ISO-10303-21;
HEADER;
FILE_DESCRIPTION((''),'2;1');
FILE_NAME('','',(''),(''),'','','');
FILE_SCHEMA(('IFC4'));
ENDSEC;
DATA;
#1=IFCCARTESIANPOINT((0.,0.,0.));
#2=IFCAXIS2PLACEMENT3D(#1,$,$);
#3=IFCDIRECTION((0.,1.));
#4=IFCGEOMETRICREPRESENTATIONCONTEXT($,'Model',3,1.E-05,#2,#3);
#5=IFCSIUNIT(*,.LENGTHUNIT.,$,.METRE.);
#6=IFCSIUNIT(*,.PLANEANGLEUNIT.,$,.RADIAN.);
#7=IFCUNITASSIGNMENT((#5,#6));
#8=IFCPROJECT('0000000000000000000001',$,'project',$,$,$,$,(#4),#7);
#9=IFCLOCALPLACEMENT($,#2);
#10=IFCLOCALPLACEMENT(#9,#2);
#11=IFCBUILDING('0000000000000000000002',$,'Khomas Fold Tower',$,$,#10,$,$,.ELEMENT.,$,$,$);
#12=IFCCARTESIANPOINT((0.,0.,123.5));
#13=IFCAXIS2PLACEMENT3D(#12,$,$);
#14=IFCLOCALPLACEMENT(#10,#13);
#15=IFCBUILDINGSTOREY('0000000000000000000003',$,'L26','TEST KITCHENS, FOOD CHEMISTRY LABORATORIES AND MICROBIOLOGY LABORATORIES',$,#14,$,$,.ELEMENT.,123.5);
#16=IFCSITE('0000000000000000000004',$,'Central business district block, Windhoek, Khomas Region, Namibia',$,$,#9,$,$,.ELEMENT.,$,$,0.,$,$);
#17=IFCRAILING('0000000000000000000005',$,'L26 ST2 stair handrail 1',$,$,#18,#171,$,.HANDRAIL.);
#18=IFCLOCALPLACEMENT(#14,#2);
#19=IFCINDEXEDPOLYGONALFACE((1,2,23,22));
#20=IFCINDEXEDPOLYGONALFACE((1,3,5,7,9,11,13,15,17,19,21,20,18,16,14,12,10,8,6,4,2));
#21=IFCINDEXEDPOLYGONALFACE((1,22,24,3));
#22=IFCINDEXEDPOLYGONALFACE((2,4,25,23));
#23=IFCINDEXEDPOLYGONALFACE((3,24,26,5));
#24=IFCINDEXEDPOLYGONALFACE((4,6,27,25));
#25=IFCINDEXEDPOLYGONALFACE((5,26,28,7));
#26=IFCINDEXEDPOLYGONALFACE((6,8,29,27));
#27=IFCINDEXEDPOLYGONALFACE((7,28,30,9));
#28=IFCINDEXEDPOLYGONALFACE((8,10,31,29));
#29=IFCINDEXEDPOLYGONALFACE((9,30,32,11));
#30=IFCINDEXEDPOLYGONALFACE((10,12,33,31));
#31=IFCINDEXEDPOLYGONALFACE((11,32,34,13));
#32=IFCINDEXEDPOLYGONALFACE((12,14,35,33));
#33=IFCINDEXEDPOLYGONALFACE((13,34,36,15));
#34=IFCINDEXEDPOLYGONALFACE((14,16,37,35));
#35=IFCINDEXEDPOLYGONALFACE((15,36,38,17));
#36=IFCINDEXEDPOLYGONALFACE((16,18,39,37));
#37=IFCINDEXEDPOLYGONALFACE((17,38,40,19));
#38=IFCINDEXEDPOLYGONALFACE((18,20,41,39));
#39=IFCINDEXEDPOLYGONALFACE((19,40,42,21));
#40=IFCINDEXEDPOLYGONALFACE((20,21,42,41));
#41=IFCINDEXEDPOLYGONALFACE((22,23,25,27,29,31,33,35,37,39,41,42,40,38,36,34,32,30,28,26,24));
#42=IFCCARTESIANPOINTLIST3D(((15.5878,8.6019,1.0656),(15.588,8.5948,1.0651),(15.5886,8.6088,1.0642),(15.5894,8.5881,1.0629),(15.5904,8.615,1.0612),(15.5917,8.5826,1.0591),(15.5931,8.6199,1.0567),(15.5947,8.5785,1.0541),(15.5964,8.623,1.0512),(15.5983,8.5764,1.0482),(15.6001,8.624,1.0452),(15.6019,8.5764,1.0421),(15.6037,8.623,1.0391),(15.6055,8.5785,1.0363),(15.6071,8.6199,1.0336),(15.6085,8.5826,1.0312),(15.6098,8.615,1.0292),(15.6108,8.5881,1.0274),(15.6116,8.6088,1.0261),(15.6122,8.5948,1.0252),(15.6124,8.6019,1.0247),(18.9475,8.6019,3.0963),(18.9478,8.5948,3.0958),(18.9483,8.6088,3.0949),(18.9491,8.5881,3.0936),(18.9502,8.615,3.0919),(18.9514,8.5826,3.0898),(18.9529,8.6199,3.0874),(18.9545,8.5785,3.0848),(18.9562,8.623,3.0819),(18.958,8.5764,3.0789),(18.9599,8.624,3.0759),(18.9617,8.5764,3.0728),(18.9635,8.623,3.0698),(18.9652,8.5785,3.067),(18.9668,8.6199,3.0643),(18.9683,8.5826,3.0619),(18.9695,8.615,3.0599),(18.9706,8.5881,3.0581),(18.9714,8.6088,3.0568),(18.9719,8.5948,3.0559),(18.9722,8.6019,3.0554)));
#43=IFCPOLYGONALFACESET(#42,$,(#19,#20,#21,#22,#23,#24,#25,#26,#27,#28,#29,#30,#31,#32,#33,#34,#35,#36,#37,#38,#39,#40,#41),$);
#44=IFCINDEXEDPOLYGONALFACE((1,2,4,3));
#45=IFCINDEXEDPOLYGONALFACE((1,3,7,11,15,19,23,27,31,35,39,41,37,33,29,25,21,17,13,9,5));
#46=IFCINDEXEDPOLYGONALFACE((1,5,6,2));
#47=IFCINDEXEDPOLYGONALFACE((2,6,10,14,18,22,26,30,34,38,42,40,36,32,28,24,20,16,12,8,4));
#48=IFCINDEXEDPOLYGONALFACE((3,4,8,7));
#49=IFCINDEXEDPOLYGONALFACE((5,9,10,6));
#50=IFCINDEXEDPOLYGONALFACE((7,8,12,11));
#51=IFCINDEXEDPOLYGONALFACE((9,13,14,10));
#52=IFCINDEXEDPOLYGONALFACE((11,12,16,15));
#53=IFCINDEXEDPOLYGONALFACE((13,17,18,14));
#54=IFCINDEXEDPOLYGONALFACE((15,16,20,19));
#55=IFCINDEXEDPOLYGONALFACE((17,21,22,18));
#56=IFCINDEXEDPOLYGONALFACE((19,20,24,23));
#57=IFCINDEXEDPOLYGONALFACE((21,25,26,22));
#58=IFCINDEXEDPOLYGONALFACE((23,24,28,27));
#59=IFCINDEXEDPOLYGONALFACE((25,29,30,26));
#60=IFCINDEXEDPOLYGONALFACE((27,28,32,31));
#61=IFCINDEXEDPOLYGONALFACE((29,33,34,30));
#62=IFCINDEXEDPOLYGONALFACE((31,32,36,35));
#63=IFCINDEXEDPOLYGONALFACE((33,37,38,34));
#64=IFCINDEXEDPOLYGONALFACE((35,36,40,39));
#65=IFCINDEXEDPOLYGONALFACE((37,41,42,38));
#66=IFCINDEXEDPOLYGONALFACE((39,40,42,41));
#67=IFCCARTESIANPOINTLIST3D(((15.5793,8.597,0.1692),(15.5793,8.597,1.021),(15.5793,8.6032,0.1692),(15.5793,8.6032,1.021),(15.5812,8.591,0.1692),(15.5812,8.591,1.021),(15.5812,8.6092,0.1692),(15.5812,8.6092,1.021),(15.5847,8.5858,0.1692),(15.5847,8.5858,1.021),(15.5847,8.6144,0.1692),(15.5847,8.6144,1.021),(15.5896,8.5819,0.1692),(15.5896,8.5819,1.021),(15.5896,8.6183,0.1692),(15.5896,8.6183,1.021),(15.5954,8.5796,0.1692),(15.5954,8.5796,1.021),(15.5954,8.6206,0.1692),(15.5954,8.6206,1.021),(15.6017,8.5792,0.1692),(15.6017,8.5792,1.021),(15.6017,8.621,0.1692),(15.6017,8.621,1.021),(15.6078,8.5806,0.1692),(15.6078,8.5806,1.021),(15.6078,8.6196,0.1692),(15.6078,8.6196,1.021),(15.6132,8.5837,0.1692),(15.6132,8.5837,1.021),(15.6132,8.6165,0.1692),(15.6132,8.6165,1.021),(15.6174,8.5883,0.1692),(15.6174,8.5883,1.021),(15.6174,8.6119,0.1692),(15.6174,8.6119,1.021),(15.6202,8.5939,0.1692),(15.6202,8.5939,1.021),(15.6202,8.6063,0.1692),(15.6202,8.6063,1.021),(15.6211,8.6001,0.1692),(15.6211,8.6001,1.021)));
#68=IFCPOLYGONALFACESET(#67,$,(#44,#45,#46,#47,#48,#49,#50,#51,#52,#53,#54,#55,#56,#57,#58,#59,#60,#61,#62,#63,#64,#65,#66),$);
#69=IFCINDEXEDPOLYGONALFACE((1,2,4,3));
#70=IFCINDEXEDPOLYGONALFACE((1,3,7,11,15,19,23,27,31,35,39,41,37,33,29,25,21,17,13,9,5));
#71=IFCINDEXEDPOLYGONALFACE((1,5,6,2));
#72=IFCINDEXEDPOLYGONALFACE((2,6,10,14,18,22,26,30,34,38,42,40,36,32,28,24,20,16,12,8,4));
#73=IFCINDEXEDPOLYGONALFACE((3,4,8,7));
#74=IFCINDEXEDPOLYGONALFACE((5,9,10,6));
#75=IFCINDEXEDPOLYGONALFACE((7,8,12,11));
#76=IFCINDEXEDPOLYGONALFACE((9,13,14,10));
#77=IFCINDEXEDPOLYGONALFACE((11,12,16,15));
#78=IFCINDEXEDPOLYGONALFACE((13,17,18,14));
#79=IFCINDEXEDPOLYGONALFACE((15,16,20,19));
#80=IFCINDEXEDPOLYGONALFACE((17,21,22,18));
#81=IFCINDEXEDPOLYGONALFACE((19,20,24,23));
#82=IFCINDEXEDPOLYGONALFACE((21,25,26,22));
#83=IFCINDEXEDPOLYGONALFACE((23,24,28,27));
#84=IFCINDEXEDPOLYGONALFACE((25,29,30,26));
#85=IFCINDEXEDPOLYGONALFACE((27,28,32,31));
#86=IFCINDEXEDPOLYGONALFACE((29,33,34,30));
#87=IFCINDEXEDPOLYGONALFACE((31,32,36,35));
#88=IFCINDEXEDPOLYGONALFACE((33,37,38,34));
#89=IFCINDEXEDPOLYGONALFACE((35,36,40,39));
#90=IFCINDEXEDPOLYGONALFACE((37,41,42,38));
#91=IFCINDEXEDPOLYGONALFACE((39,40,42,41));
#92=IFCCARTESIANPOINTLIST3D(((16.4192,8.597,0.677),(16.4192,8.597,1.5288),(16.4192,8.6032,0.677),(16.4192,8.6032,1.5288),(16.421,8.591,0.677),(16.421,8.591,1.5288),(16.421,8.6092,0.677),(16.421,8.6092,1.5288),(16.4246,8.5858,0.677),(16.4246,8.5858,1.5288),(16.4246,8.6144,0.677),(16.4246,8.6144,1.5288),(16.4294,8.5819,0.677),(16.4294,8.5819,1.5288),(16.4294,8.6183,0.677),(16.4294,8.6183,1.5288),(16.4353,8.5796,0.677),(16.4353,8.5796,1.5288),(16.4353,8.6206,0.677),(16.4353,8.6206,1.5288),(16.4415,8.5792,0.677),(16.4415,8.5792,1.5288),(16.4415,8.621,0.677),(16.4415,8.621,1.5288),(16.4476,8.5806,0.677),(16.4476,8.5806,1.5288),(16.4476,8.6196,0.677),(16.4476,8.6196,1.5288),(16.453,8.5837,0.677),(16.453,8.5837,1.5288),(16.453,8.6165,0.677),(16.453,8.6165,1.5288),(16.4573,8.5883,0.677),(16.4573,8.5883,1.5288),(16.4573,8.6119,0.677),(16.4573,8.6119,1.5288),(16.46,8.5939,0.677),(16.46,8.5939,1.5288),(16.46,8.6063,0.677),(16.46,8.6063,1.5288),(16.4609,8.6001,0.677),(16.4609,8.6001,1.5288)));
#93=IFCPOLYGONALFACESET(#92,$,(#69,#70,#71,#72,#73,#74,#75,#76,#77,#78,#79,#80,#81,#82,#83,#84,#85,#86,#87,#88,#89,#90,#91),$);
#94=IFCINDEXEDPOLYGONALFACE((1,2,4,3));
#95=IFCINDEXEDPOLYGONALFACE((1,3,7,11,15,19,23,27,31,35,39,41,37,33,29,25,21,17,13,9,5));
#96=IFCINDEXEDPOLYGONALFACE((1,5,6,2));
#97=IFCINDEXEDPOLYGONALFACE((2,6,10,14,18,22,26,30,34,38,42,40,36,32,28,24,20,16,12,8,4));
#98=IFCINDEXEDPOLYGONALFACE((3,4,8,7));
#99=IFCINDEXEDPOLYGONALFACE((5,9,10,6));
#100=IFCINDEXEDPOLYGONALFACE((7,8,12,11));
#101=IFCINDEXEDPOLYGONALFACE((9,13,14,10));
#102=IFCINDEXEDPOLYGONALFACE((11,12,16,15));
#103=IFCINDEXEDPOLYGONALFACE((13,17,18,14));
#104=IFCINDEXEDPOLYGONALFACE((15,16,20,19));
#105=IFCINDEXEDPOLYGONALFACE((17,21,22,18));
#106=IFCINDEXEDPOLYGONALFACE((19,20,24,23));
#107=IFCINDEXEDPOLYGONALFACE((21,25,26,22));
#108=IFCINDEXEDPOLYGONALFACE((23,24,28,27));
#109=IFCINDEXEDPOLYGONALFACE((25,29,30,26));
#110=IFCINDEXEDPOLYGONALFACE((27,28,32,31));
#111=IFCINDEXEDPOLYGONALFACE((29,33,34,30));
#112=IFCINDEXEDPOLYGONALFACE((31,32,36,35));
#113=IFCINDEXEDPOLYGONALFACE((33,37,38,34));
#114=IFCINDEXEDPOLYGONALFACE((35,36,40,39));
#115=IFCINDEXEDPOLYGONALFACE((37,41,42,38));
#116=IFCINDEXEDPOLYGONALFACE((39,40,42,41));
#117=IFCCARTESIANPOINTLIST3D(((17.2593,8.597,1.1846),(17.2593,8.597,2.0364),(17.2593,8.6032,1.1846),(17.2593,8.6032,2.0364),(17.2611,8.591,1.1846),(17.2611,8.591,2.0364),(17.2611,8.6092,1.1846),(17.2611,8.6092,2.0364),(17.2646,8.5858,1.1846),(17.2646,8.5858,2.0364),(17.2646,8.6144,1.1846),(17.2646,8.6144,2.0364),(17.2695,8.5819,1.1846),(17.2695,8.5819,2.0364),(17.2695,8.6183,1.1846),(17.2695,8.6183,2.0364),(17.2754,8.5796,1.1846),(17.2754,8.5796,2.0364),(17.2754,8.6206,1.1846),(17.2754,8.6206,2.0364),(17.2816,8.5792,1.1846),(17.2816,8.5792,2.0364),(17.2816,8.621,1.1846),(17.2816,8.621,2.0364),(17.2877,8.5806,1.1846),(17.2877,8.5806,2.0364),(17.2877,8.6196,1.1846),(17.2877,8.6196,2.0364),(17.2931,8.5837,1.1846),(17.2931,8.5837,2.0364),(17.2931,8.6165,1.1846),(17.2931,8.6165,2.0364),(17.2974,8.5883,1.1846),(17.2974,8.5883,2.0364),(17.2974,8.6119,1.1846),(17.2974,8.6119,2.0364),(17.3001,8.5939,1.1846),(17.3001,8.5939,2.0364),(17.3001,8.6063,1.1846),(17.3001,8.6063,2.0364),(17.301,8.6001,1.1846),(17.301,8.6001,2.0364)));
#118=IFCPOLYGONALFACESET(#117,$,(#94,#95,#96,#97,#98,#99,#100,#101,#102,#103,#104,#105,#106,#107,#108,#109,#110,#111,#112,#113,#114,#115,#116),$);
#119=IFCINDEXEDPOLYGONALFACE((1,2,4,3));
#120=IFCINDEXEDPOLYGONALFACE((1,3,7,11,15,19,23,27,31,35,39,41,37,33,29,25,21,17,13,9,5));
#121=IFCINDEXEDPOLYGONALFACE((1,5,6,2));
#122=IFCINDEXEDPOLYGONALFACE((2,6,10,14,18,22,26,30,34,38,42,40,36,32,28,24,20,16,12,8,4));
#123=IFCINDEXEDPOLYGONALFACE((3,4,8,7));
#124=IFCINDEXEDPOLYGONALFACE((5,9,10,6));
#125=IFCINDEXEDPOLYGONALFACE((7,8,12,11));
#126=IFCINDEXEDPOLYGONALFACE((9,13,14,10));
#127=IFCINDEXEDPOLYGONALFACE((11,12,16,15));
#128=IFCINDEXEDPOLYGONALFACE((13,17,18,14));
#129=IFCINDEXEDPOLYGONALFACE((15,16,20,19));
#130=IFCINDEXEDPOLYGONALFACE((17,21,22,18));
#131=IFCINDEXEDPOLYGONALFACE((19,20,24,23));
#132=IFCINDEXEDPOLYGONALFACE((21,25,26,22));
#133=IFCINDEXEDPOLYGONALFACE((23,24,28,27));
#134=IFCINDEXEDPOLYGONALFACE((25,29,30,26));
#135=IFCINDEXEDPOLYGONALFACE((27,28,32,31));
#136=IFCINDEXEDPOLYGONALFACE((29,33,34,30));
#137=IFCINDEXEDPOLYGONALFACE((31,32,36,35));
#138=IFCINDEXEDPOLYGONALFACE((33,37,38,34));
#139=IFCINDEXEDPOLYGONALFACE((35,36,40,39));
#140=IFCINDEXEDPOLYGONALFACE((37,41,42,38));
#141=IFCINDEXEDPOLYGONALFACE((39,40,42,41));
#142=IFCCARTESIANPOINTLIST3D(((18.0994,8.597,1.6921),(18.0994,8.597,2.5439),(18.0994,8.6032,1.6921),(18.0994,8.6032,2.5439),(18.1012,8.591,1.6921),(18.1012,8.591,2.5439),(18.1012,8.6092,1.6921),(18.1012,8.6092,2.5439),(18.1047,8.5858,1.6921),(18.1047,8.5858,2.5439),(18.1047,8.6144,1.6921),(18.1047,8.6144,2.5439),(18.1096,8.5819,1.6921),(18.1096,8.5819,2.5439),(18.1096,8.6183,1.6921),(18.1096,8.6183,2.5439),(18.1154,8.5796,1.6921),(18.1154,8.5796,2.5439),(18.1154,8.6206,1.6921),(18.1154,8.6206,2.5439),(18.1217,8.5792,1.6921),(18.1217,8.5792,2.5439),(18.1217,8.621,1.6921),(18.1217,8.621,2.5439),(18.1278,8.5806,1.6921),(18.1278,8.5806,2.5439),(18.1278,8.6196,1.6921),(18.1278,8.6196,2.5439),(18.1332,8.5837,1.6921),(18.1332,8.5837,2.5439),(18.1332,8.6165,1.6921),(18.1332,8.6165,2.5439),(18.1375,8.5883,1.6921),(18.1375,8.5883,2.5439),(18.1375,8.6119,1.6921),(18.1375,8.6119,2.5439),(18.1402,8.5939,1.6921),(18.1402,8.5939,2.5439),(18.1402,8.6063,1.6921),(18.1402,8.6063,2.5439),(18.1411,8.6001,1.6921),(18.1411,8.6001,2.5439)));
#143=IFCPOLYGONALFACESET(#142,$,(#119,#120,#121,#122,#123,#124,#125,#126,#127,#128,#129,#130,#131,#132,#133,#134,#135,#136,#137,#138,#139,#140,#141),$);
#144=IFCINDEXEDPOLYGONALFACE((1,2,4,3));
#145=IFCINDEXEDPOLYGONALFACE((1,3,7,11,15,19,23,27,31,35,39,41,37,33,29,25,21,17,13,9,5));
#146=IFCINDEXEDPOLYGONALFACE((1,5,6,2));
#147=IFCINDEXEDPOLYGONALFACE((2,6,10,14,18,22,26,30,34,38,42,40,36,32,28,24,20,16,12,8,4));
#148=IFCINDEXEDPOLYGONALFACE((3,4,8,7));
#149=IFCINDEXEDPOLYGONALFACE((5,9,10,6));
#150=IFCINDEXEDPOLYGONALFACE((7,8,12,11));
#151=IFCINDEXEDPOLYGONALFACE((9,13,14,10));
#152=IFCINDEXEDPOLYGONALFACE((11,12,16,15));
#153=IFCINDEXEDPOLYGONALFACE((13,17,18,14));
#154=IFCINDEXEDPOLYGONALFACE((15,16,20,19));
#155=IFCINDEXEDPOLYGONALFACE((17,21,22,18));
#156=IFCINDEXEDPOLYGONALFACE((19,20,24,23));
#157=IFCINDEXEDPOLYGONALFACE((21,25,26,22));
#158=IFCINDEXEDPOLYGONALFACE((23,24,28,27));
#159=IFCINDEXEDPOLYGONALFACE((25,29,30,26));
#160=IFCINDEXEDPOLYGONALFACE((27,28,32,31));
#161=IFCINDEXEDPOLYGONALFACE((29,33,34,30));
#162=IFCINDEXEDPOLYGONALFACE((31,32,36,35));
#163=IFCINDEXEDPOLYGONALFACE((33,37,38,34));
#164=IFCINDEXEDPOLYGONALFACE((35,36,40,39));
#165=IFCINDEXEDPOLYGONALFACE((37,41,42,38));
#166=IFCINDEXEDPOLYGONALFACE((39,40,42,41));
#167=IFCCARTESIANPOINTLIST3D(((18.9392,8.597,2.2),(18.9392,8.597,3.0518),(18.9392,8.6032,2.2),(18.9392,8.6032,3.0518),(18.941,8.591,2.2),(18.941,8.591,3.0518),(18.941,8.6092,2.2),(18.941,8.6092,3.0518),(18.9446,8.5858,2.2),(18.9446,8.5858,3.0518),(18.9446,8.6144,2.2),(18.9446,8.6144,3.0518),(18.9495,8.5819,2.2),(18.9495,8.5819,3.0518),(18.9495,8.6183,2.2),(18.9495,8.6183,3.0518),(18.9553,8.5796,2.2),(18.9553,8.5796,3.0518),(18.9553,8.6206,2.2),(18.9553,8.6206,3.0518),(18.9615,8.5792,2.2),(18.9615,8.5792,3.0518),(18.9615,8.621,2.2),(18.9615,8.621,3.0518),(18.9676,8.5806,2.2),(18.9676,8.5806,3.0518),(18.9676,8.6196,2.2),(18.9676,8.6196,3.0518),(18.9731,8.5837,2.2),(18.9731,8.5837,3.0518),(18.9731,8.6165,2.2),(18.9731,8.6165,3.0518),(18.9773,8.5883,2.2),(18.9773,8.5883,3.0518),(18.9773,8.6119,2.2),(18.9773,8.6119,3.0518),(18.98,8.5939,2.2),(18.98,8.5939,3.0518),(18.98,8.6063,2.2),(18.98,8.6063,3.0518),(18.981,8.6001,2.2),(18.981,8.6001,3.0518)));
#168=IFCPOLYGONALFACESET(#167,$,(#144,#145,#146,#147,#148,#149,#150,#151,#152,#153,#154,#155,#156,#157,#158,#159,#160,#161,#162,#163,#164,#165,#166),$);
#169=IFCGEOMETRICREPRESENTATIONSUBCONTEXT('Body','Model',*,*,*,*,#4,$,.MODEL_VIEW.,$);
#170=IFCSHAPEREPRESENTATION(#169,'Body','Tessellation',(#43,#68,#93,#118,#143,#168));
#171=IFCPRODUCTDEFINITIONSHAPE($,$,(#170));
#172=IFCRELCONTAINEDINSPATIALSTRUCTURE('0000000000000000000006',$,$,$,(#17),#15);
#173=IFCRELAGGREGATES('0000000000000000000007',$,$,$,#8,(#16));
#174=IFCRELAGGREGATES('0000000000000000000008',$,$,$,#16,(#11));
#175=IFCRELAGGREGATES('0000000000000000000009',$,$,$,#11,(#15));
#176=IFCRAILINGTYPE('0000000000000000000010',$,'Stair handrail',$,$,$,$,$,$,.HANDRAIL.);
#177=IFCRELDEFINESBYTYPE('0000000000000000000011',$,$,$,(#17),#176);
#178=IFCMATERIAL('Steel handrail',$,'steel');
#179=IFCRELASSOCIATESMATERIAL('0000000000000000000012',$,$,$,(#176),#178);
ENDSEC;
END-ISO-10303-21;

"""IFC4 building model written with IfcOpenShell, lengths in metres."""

from ifc_helpers import new_model, si_unit, direction, frame, origin, origin_2d, place, context, subcontext, project, spatial, circle, extrude, source, transform, mapped, material, type_object, element, save


model = new_model("IFC4")

# Units and contexts
model_context = context("Model", 3, precision=1e-05, world=origin(), true_north=direction((0.0, 1.0)))
body_context = subcontext(model_context, "Body", "Model", "MODEL_VIEW")
ifc_project = project(units=[si_unit("LENGTHUNIT", "METRE"), si_unit("PLANEANGLEUNIT", "RADIAN")], contexts=[model_context])

# Site, building, storey
site_placement = place(None, origin())
site = spatial("IfcSite", under=ifc_project, at=site_placement, Name="Central business district block, Windhoek, Khomas Region, Namibia", CompositionType="ELEMENT", RefElevation=0.0)
building_placement = place(site_placement, origin())
building = spatial("IfcBuilding", under=site, at=building_placement, Name="Khomas Fold Tower", CompositionType="ELEMENT")
storey_placement = place(building_placement, frame((0.0, 0.0, 123.5)))
storey = spatial("IfcBuildingStorey", under=building, at=storey_placement, Name="L26", Description="TEST KITCHENS, FOOD CHEMISTRY LABORATORIES AND MICROBIOLOGY LABORATORIES", CompositionType="ELEMENT", Elevation=123.5)

# Railing
ifc_material_1 = material(Name="Steel handrail", Category="steel")
railing_type_1 = type_object("IfcRailingType", Name="Stair handrail", PredefinedType="HANDRAIL", material=ifc_material_1)
shared_shape_1 = source(origin(), body_context, "Body", "SweptSolid", [
    extrude(circle(Radius=0.0239, at=origin_2d()), frame((0.0, 0.0, 0.876), z_axis=(0.85582, 0.0, 0.517273), x_axis=(0.0, 1.0, 0.0)), (0.0, 0.0, 1.0), 3.9258),
    extrude(circle(Radius=0.021, at=origin_2d()), origin(), (0.0, 0.0, 1.0), 0.8518),
    extrude(circle(Radius=0.021, at=origin_2d()), frame((0.8398, 0.0, 0.5078)), (0.0, 0.0, 1.0), 0.8518),
    extrude(circle(Radius=0.021, at=origin_2d()), frame((1.6799, 0.0, 1.0154)), (0.0, 0.0, 1.0), 0.8518),
    extrude(circle(Radius=0.021, at=origin_2d()), frame((2.52, 0.0, 1.5229)), (0.0, 0.0, 1.0), 0.8518),
    extrude(circle(Radius=0.021, at=origin_2d()), frame((3.3599, 0.0, 2.0308)), (0.0, 0.0, 1.0), 0.8518),
])
railing_1_placement = place(storey_placement, frame((15.6001, 8.6001, 0.1692)))
element("IfcRailing", 1, at=railing_1_placement, inside=storey, type_object=railing_type_1, Name="L26 ST2 stair handrail 1", PredefinedType="HANDRAIL", context=body_context, shape_type="MappedRepresentation", body=[
    mapped(shared_shape_1, transform((0.0, 0.0, 0.0))),
])

save(model, "model.ifc")
